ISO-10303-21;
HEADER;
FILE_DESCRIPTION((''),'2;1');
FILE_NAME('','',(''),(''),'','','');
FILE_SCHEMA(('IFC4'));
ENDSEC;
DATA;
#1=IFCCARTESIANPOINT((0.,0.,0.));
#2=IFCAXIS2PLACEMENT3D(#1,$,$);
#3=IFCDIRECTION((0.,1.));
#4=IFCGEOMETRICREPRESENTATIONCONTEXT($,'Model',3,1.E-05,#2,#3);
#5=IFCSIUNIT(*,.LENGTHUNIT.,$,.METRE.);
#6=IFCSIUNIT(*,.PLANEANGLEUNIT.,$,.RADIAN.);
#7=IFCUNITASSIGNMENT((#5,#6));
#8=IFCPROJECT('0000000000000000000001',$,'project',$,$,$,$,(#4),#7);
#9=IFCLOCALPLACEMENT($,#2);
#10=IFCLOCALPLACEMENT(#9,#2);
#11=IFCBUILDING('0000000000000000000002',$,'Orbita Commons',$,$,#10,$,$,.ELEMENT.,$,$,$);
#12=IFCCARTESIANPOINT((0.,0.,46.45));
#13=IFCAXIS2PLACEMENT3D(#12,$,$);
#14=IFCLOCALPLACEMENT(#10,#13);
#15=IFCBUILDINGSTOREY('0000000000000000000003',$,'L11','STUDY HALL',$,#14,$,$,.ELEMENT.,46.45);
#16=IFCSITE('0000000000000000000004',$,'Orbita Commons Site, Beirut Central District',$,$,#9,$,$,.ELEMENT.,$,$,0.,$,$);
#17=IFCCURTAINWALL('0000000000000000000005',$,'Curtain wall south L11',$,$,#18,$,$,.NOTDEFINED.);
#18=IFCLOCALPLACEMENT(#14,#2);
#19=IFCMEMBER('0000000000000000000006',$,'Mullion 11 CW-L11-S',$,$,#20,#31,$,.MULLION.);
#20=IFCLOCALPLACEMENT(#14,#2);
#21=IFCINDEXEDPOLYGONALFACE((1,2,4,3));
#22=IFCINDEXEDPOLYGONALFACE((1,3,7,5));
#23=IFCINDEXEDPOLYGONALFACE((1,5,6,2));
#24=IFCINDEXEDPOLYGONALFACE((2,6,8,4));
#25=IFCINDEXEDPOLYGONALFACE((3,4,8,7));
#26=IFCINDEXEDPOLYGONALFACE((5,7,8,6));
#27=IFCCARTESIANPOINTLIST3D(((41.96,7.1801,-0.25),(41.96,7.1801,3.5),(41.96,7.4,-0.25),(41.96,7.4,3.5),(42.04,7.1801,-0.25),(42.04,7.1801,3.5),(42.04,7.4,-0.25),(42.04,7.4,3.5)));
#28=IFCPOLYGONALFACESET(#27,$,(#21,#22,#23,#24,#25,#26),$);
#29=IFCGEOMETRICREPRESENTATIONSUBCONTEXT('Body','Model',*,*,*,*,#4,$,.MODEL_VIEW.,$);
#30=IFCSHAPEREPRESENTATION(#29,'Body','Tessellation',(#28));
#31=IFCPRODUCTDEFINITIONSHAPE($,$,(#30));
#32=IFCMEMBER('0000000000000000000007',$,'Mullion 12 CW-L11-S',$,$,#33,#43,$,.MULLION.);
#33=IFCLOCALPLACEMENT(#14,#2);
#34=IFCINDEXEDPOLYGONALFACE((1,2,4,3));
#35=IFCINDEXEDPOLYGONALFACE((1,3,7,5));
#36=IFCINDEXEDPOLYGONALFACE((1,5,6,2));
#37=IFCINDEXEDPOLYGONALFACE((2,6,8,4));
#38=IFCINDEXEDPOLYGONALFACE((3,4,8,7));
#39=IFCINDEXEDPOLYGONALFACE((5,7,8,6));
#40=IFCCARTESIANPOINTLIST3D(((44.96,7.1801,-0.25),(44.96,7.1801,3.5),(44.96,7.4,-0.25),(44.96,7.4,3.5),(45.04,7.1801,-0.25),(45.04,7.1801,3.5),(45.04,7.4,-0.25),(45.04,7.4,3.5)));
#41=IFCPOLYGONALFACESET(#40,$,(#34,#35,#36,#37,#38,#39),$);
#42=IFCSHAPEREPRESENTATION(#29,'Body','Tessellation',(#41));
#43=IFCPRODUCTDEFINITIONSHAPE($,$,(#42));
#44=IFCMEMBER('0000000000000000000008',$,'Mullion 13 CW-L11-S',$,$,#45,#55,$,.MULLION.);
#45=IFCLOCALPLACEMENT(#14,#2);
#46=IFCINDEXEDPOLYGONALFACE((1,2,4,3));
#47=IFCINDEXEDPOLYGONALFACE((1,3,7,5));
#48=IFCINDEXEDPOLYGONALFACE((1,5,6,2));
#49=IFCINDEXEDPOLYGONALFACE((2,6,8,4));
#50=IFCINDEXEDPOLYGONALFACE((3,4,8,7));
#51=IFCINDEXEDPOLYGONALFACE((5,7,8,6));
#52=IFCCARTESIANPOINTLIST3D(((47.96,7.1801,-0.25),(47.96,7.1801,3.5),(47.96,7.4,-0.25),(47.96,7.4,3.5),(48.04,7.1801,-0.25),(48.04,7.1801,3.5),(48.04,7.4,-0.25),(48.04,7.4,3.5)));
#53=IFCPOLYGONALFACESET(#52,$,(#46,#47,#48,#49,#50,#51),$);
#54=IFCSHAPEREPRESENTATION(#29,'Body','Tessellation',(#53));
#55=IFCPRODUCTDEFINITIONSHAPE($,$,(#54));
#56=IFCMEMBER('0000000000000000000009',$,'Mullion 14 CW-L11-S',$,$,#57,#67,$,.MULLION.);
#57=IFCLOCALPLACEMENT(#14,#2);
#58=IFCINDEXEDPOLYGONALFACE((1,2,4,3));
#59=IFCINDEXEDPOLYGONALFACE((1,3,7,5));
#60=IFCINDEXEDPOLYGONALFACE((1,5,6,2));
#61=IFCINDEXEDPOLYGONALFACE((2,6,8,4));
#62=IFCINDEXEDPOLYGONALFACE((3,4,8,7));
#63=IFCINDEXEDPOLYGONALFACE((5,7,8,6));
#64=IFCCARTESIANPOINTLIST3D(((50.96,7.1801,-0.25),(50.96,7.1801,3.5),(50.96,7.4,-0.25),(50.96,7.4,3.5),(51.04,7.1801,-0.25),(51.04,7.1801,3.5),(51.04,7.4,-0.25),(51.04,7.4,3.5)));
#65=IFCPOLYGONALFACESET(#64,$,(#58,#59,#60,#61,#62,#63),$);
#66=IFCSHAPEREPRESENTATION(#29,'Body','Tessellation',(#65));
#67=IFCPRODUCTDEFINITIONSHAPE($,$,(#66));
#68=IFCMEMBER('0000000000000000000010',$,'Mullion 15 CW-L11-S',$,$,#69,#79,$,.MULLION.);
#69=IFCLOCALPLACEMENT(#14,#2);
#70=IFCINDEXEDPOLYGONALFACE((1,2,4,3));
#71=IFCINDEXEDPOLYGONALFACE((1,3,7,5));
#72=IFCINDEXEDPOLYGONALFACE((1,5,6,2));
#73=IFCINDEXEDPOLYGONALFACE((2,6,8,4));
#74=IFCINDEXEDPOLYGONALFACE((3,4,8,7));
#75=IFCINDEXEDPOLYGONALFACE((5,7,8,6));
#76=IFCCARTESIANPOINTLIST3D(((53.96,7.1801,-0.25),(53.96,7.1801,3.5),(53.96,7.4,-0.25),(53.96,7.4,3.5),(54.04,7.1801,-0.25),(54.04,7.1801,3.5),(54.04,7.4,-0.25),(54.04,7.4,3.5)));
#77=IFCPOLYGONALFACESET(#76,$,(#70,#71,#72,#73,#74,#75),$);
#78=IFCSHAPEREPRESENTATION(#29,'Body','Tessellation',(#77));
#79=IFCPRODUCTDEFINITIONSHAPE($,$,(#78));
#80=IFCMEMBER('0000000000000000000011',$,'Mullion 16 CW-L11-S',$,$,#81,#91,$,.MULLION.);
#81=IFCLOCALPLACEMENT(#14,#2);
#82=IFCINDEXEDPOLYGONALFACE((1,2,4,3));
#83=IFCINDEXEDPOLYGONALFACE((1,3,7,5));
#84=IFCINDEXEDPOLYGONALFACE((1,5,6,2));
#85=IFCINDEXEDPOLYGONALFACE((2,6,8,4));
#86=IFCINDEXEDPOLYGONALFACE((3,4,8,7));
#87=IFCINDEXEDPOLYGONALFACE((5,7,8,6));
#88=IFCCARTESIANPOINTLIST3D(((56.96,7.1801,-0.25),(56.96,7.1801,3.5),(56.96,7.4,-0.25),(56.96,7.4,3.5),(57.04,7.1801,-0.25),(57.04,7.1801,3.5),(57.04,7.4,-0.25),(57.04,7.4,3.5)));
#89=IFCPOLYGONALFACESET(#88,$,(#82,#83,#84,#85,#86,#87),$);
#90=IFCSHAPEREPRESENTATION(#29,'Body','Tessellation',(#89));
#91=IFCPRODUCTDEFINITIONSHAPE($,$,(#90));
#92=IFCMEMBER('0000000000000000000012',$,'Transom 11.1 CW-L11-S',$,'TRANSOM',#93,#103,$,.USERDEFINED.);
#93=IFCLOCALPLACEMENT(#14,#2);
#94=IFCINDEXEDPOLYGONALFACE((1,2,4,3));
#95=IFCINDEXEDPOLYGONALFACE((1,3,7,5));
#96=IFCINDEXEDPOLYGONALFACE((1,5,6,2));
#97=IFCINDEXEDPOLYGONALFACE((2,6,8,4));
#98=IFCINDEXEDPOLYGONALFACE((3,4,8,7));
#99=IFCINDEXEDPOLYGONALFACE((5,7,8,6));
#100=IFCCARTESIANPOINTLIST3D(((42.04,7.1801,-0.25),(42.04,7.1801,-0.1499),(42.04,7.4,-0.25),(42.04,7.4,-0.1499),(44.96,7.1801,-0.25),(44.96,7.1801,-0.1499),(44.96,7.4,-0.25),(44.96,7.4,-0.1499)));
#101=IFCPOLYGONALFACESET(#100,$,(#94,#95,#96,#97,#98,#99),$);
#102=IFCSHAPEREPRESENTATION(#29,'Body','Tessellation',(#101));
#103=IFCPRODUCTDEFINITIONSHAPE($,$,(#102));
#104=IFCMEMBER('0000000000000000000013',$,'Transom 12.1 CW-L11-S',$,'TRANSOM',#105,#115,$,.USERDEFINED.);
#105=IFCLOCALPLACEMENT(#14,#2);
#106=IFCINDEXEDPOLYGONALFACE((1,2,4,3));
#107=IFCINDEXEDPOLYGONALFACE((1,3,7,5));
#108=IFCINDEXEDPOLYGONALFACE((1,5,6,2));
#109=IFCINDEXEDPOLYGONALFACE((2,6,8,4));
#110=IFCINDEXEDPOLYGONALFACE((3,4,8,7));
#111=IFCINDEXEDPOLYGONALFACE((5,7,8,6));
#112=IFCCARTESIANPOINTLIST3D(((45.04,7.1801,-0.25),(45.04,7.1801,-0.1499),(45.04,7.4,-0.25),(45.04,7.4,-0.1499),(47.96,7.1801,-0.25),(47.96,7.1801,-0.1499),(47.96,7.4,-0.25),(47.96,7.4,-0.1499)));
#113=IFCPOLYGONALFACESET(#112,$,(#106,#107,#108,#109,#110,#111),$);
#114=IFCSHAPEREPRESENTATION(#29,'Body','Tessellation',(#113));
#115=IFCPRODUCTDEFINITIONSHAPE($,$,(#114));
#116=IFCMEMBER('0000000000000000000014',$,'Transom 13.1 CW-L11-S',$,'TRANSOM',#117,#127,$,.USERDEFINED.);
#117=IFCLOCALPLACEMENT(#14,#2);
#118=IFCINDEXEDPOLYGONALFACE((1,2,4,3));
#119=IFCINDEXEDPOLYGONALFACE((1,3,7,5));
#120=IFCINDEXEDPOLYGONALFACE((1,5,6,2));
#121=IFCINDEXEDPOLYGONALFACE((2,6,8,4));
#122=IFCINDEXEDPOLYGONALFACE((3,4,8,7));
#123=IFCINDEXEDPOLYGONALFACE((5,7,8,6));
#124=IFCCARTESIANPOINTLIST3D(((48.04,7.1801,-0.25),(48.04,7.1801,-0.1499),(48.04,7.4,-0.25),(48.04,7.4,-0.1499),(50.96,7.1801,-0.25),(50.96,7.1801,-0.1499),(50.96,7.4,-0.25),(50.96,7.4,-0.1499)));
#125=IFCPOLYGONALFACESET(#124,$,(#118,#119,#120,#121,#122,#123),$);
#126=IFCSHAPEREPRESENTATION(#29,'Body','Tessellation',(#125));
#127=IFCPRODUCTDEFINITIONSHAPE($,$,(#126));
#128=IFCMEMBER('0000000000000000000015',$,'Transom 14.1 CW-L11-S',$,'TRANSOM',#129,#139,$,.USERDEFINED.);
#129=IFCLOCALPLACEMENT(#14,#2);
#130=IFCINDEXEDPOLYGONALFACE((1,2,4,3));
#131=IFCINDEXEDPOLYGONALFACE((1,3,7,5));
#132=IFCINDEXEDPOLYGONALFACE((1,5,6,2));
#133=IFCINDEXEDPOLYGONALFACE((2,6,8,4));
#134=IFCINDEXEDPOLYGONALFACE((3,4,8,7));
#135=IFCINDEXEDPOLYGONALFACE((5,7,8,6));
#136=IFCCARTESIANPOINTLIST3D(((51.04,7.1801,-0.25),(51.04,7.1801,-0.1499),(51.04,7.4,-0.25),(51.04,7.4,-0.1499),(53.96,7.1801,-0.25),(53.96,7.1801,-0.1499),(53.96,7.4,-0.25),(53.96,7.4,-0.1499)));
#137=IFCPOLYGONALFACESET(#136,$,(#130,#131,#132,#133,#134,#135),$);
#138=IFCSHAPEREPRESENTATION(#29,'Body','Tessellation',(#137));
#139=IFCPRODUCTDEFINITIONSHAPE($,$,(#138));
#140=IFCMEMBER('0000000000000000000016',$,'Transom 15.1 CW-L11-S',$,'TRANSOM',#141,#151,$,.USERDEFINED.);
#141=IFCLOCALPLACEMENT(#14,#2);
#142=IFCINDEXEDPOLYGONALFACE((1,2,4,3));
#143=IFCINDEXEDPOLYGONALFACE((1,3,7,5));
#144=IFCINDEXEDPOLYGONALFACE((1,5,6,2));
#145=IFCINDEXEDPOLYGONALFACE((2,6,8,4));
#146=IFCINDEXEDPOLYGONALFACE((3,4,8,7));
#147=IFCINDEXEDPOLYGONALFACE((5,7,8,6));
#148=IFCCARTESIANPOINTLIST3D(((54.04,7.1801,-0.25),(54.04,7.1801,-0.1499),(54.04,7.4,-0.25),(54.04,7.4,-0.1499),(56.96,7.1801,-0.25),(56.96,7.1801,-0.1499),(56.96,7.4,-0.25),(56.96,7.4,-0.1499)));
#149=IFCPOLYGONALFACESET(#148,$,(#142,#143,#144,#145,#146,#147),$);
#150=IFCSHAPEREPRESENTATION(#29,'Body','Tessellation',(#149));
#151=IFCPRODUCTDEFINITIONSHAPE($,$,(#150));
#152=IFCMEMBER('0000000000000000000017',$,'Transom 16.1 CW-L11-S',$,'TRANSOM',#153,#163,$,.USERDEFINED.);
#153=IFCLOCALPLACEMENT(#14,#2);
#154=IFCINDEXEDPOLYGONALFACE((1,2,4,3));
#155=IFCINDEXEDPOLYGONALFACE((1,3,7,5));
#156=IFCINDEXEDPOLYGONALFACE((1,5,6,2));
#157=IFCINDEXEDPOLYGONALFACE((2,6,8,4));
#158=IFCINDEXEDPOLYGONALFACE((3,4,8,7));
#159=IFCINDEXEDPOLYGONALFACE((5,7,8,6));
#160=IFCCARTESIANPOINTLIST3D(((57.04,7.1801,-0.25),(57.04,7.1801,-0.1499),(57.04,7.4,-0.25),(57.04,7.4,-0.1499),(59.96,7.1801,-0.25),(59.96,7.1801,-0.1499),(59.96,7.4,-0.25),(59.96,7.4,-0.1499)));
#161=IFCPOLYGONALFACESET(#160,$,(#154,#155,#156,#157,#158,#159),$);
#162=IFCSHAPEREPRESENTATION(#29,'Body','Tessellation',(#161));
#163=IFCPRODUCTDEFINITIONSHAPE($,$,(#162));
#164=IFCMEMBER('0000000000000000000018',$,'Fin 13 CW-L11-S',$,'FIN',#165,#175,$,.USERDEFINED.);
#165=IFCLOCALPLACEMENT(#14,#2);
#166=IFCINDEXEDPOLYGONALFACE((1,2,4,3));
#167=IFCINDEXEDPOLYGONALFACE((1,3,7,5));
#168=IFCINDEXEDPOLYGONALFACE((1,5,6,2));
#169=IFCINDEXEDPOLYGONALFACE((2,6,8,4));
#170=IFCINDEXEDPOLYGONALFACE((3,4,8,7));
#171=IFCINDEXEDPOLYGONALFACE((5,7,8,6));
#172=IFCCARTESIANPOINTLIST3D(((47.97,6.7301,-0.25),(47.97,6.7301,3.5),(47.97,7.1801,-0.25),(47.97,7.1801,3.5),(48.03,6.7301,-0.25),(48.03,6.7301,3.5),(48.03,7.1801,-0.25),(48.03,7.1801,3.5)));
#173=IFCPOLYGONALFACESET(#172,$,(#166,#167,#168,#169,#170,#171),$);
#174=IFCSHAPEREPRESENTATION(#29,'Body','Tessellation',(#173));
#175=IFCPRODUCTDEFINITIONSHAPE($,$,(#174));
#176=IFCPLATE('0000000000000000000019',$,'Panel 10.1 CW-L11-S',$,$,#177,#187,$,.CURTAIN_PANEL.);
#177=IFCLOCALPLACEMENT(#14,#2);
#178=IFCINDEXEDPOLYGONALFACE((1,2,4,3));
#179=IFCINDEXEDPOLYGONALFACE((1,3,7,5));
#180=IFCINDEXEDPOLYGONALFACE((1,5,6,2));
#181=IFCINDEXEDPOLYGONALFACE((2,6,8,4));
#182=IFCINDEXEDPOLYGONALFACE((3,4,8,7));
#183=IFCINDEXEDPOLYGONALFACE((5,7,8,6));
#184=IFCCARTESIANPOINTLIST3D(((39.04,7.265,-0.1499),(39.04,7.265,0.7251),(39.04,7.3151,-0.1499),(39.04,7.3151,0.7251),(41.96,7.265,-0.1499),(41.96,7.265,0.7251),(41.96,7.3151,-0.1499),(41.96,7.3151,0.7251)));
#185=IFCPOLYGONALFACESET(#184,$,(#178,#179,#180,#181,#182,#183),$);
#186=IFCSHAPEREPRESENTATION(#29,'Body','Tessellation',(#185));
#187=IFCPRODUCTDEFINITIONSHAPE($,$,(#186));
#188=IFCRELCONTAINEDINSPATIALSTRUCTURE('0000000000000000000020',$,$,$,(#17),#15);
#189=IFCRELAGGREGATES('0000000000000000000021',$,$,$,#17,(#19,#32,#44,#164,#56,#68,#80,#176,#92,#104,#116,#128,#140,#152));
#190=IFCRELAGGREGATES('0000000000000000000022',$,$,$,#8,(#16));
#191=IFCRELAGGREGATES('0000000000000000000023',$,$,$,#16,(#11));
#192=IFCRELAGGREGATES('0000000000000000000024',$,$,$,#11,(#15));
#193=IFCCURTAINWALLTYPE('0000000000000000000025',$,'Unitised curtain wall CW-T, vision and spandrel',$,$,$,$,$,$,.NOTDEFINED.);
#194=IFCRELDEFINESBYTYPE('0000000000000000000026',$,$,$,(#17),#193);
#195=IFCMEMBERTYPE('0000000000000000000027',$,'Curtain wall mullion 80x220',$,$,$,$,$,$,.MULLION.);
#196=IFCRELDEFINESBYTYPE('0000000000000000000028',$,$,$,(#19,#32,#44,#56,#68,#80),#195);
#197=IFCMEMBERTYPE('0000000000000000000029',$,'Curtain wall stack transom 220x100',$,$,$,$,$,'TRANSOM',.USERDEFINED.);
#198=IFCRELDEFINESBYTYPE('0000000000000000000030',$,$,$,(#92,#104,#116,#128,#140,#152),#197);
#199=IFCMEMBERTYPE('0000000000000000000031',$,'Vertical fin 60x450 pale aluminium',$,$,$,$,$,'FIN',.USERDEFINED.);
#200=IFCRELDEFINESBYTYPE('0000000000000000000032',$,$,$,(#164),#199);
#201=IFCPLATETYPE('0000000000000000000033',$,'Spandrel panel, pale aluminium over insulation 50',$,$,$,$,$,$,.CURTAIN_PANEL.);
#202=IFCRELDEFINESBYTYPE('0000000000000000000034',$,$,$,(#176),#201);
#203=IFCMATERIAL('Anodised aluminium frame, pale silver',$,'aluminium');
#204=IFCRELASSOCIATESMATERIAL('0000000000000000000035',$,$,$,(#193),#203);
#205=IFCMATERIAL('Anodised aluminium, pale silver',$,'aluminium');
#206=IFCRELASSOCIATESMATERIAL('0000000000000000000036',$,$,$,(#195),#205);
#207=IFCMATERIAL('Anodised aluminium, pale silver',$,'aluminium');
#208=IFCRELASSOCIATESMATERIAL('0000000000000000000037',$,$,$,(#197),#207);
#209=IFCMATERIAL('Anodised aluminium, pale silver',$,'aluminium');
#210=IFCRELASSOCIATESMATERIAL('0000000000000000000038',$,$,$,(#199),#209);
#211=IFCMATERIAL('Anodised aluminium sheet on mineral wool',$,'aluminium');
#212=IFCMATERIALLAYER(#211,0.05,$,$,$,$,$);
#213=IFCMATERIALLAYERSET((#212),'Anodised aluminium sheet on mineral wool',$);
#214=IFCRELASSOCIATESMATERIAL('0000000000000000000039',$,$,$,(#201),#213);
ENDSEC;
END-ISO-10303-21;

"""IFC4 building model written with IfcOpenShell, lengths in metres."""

from ifc_helpers import new_model, si_unit, direction, frame, origin, origin_2d, place, context, subcontext, project, spatial, rectangle, extrude, material, layer, layer_set, material_profile, profile_set, type_object, element, aggregate, save


model = new_model("IFC4")

# Units and contexts
model_context = context("Model", 3, precision=1e-05, world=origin(), true_north=direction((0.0, 1.0)))
body_context = subcontext(model_context, "Body", "Model", "MODEL_VIEW")
ifc_project = project(units=[si_unit("LENGTHUNIT", "METRE"), si_unit("PLANEANGLEUNIT", "RADIAN")], contexts=[model_context])

# Site, building, storey
site_placement = place(None, origin())
site = spatial("IfcSite", under=ifc_project, at=site_placement, Name="Orbita Commons Site, Beirut Central District", CompositionType="ELEMENT", RefElevation=0.0)
building_placement = place(site_placement, origin())
building = spatial("IfcBuilding", under=site, at=building_placement, Name="Orbita Commons", CompositionType="ELEMENT")
storey_placement = place(building_placement, frame((0.0, 0.0, 46.45)))
storey = spatial("IfcBuildingStorey", under=building, at=storey_placement, Name="L11", Description="STUDY HALL", CompositionType="ELEMENT", Elevation=46.45)

# Curtain wall, members, plate
ifc_material_1 = material(Name="Anodised aluminium frame, pale silver", Category="aluminium")
curtain_wall_type = type_object("IfcCurtainWallType", Name="Unitised curtain wall CW-T, vision and spandrel", PredefinedType="NOTDEFINED", material=ifc_material_1)
curtain_wall_placement = place(storey_placement, origin())
curtain_wall = element("IfcCurtainWall", 1, at=curtain_wall_placement, inside=storey, type_object=curtain_wall_type, Name="Curtain wall south L11", PredefinedType="NOTDEFINED")
ifc_material_2 = material(Name="Anodised aluminium, pale silver", Category="aluminium")
ifc_material_profile_1 = material_profile(ifc_material_2, rectangle(XDim=0.0801, YDim=0.22, at=origin_2d()), Name="AL 80x220")
ifc_profile_set_1 = profile_set([ifc_material_profile_1], Name="Anodised aluminium, pale silver")
member_type_1 = type_object("IfcMemberType", Name="Curtain wall mullion 80x220", PredefinedType="MULLION", material=ifc_profile_set_1)
member_1_placement = place(storey_placement, frame((42.0, 7.29, -0.25), z_axis=(0.0, 0.0, 1.0), x_axis=(1.0, 0.0, 0.0)))
member_1 = element("IfcMember", 2, at=member_1_placement, type_object=member_type_1, Name="Mullion 11 CW-L11-S", PredefinedType="MULLION", context=body_context, shape_type="SweptSolid", body=[
    extrude(rectangle(XDim=0.0801, YDim=0.22, at=origin_2d()), origin(), (0.0, 0.0, 1.0), 3.75),
])
member_2_placement = place(storey_placement, frame((45.0, 7.29, -0.25), z_axis=(0.0, 0.0, 1.0), x_axis=(1.0, 0.0, 0.0)))
member_2 = element("IfcMember", 3, at=member_2_placement, type_object=member_type_1, Name="Mullion 12 CW-L11-S", PredefinedType="MULLION", context=body_context, shape_type="SweptSolid", body=[
    extrude(rectangle(XDim=0.0801, YDim=0.22, at=origin_2d()), origin(), (0.0, 0.0, 1.0), 3.75),
])
member_3_placement = place(storey_placement, frame((48.0, 7.29, -0.25), z_axis=(0.0, 0.0, 1.0), x_axis=(1.0, 0.0, 0.0)))
member_3 = element("IfcMember", 4, at=member_3_placement, type_object=member_type_1, Name="Mullion 13 CW-L11-S", PredefinedType="MULLION", context=body_context, shape_type="SweptSolid", body=[
    extrude(rectangle(XDim=0.0801, YDim=0.22, at=origin_2d()), origin(), (0.0, 0.0, 1.0), 3.75),
])
member_4_placement = place(storey_placement, frame((51.0, 7.29, -0.25), z_axis=(0.0, 0.0, 1.0), x_axis=(1.0, 0.0, 0.0)))
member_4 = element("IfcMember", 5, at=member_4_placement, type_object=member_type_1, Name="Mullion 14 CW-L11-S", PredefinedType="MULLION", context=body_context, shape_type="SweptSolid", body=[
    extrude(rectangle(XDim=0.0801, YDim=0.22, at=origin_2d()), origin(), (0.0, 0.0, 1.0), 3.75),
])
member_5_placement = place(storey_placement, frame((54.0, 7.29, -0.25), z_axis=(0.0, 0.0, 1.0), x_axis=(1.0, 0.0, 0.0)))
member_5 = element("IfcMember", 6, at=member_5_placement, type_object=member_type_1, Name="Mullion 15 CW-L11-S", PredefinedType="MULLION", context=body_context, shape_type="SweptSolid", body=[
    extrude(rectangle(XDim=0.0801, YDim=0.22, at=origin_2d()), origin(), (0.0, 0.0, 1.0), 3.75),
])
member_6_placement = place(storey_placement, frame((57.0, 7.29, -0.25), z_axis=(0.0, 0.0, 1.0), x_axis=(1.0, 0.0, 0.0)))
member_6 = element("IfcMember", 7, at=member_6_placement, type_object=member_type_1, Name="Mullion 16 CW-L11-S", PredefinedType="MULLION", context=body_context, shape_type="SweptSolid", body=[
    extrude(rectangle(XDim=0.0801, YDim=0.22, at=origin_2d()), origin(), (0.0, 0.0, 1.0), 3.75),
])
ifc_material_3 = material(Name="Anodised aluminium, pale silver", Category="aluminium")
ifc_material_profile_2 = material_profile(ifc_material_3, rectangle(XDim=0.22, YDim=0.1001, at=origin_2d()), Name="AL 220x100")
ifc_profile_set_2 = profile_set([ifc_material_profile_2], Name="Anodised aluminium, pale silver")
member_type_2 = type_object("IfcMemberType", Name="Curtain wall stack transom 220x100", ElementType="TRANSOM", PredefinedType="USERDEFINED", material=ifc_profile_set_2)
member_7_placement = place(storey_placement, frame((42.04, 7.29, -0.2), z_axis=(1.0, 0.0, 0.0), x_axis=(0.0, 1.0, 0.0)))
member_7 = element("IfcMember", 8, at=member_7_placement, type_object=member_type_2, Name="Transom 11.1 CW-L11-S", ObjectType="TRANSOM", PredefinedType="USERDEFINED", context=body_context, shape_type="SweptSolid", body=[
    extrude(rectangle(XDim=0.22, YDim=0.1001, at=origin_2d()), origin(), (0.0, 0.0, 1.0), 2.9199),
])
member_8_placement = place(storey_placement, frame((45.04, 7.29, -0.2), z_axis=(1.0, 0.0, 0.0), x_axis=(0.0, 1.0, 0.0)))
member_8 = element("IfcMember", 9, at=member_8_placement, type_object=member_type_2, Name="Transom 12.1 CW-L11-S", ObjectType="TRANSOM", PredefinedType="USERDEFINED", context=body_context, shape_type="SweptSolid", body=[
    extrude(rectangle(XDim=0.22, YDim=0.1001, at=origin_2d()), origin(), (0.0, 0.0, 1.0), 2.9199),
])
member_9_placement = place(storey_placement, frame((48.04, 7.29, -0.2), z_axis=(1.0, 0.0, 0.0), x_axis=(0.0, 1.0, 0.0)))
member_9 = element("IfcMember", 10, at=member_9_placement, type_object=member_type_2, Name="Transom 13.1 CW-L11-S", ObjectType="TRANSOM", PredefinedType="USERDEFINED", context=body_context, shape_type="SweptSolid", body=[
    extrude(rectangle(XDim=0.22, YDim=0.1001, at=origin_2d()), origin(), (0.0, 0.0, 1.0), 2.9199),
])
member_10_placement = place(storey_placement, frame((51.04, 7.29, -0.2), z_axis=(1.0, 0.0, 0.0), x_axis=(0.0, 1.0, 0.0)))
member_10 = element("IfcMember", 11, at=member_10_placement, type_object=member_type_2, Name="Transom 14.1 CW-L11-S", ObjectType="TRANSOM", PredefinedType="USERDEFINED", context=body_context, shape_type="SweptSolid", body=[
    extrude(rectangle(XDim=0.22, YDim=0.1001, at=origin_2d()), origin(), (0.0, 0.0, 1.0), 2.9199),
])
member_11_placement = place(storey_placement, frame((54.04, 7.29, -0.2), z_axis=(1.0, 0.0, 0.0), x_axis=(0.0, 1.0, 0.0)))
member_11 = element("IfcMember", 12, at=member_11_placement, type_object=member_type_2, Name="Transom 15.1 CW-L11-S", ObjectType="TRANSOM", PredefinedType="USERDEFINED", context=body_context, shape_type="SweptSolid", body=[
    extrude(rectangle(XDim=0.22, YDim=0.1001, at=origin_2d()), origin(), (0.0, 0.0, 1.0), 2.9199),
])
member_12_placement = place(storey_placement, frame((57.04, 7.29, -0.2), z_axis=(1.0, 0.0, 0.0), x_axis=(0.0, 1.0, 0.0)))
member_12 = element("IfcMember", 13, at=member_12_placement, type_object=member_type_2, Name="Transom 16.1 CW-L11-S", ObjectType="TRANSOM", PredefinedType="USERDEFINED", context=body_context, shape_type="SweptSolid", body=[
    extrude(rectangle(XDim=0.22, YDim=0.1001, at=origin_2d()), origin(), (0.0, 0.0, 1.0), 2.9199),
])
ifc_material_4 = material(Name="Anodised aluminium, pale silver", Category="aluminium")
ifc_material_profile_3 = material_profile(ifc_material_4, rectangle(XDim=0.0601, YDim=0.45, at=origin_2d()), Name="FIN 60x450")
ifc_profile_set_3 = profile_set([ifc_material_profile_3], Name="Anodised aluminium, pale silver")
member_type_3 = type_object("IfcMemberType", Name="Vertical fin 60x450 pale aluminium", ElementType="FIN", PredefinedType="USERDEFINED", material=ifc_profile_set_3)
member_13_placement = place(storey_placement, frame((48.0, 6.9551, -0.25), z_axis=(0.0, 0.0, 1.0), x_axis=(1.0, 0.0, 0.0)))
member_13 = element("IfcMember", 14, at=member_13_placement, type_object=member_type_3, Name="Fin 13 CW-L11-S", ObjectType="FIN", PredefinedType="USERDEFINED", context=body_context, shape_type="SweptSolid", body=[
    extrude(rectangle(XDim=0.0601, YDim=0.45, at=origin_2d()), origin(), (0.0, 0.0, 1.0), 3.75),
])
ifc_material_5 = material(Name="Anodised aluminium sheet on mineral wool", Category="aluminium")
ifc_layer_1 = layer(ifc_material_5, 0.05)
ifc_layer_set_1 = layer_set([ifc_layer_1], Name="Anodised aluminium sheet on mineral wool")
plate_type_1 = type_object("IfcPlateType", Name="Spandrel panel, pale aluminium over insulation 50", PredefinedType="CURTAIN_PANEL", material=ifc_layer_set_1)
plate_1_placement = place(storey_placement, frame((40.5, 7.29, -0.1499), z_axis=(0.0, 0.0, 1.0), x_axis=(1.0, 0.0, 0.0)))
plate_1 = element("IfcPlate", 15, at=plate_1_placement, type_object=plate_type_1, Name="Panel 10.1 CW-L11-S", PredefinedType="CURTAIN_PANEL", context=body_context, shape_type="SweptSolid", body=[
    extrude(rectangle(XDim=2.9199, YDim=0.05, at=origin_2d()), origin(), (0.0, 0.0, 1.0), 0.875),
])
aggregate(curtain_wall, [member_1, member_2, member_3, member_13, member_4, member_5, member_6, plate_1, member_7, member_8, member_9, member_10, member_11, member_12])

save(model, "model.ifc")
